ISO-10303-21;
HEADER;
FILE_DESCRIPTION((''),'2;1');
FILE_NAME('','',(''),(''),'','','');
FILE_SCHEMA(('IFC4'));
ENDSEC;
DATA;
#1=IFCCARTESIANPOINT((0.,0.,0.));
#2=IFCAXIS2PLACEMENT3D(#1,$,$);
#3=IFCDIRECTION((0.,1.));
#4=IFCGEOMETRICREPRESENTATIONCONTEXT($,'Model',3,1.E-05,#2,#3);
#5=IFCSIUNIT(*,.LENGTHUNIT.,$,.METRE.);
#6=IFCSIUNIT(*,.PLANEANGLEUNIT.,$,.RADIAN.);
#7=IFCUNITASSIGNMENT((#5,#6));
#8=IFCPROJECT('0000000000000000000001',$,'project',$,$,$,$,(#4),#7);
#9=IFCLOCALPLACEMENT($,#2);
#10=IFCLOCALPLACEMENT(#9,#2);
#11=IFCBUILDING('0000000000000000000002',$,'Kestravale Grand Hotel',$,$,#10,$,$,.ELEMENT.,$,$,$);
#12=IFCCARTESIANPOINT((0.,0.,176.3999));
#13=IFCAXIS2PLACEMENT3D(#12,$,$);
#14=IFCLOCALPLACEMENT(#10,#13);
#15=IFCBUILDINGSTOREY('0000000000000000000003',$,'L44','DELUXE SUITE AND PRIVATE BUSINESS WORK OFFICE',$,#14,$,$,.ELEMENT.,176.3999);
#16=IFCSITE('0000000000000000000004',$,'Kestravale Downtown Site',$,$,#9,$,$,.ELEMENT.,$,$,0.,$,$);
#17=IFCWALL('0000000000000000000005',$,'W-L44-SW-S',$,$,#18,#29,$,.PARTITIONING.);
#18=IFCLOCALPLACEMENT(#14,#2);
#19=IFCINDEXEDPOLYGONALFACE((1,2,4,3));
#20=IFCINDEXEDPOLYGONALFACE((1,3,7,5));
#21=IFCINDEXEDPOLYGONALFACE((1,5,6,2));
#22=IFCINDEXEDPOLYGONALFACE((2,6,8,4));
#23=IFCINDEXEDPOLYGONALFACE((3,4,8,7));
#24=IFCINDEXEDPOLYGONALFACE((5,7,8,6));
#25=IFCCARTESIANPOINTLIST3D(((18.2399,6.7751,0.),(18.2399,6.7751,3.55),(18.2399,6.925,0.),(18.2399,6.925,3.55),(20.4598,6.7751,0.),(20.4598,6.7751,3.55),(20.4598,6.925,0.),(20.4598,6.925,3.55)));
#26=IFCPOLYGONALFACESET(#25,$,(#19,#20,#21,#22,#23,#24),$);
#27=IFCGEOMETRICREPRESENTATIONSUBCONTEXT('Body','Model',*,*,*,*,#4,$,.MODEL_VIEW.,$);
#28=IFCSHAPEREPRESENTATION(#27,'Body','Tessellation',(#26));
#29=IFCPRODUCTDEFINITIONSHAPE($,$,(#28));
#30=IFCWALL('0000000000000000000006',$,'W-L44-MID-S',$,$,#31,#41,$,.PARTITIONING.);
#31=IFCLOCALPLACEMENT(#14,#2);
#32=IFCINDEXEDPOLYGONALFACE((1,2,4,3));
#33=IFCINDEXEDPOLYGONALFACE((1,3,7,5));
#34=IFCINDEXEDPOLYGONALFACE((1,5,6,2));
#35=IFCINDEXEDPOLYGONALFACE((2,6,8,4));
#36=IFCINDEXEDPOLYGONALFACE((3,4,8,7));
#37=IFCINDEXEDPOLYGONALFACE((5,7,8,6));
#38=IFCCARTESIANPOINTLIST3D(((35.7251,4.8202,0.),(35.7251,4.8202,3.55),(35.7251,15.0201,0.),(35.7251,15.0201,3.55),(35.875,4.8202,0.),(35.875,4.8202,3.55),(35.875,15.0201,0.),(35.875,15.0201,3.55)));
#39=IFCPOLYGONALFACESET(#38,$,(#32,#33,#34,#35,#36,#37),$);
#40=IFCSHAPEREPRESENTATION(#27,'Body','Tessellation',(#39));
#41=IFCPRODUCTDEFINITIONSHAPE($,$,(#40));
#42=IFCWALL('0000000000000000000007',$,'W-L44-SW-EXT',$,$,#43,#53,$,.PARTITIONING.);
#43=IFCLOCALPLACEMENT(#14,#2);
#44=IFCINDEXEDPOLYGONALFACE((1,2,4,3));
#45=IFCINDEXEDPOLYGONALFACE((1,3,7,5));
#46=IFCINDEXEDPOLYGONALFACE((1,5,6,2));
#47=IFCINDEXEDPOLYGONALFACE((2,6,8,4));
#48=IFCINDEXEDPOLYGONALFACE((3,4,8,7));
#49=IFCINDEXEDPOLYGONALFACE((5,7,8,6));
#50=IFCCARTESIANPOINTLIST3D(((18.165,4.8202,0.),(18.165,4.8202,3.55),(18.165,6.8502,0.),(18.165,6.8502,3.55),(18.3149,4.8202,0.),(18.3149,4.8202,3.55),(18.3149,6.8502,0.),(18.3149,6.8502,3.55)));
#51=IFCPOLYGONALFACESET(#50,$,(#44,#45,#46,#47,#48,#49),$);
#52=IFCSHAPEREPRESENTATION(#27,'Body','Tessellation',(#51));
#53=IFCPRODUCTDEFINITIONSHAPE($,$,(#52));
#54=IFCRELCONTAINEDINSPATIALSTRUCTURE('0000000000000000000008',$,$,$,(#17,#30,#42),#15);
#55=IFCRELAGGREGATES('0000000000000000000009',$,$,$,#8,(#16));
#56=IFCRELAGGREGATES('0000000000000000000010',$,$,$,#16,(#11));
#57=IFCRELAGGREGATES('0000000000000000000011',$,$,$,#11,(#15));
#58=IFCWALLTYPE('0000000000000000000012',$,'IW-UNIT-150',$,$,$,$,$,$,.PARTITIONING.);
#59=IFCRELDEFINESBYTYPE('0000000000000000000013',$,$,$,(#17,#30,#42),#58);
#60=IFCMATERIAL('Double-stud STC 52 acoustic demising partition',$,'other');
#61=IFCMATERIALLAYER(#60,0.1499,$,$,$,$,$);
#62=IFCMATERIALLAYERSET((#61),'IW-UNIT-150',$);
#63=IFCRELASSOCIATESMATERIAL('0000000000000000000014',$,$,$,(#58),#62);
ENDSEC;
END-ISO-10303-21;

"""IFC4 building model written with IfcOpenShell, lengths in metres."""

from ifc_helpers import new_model, si_unit, direction, frame, frame_2d, origin, place, context, subcontext, project, spatial, rectangle, extrude, material, layer, layer_set, type_object, element, save


model = new_model("IFC4")

# Units and contexts
model_context = context("Model", 3, precision=1e-05, world=origin(), true_north=direction((0.0, 1.0)))
body_context = subcontext(model_context, "Body", "Model", "MODEL_VIEW")
ifc_project = project(units=[si_unit("LENGTHUNIT", "METRE"), si_unit("PLANEANGLEUNIT", "RADIAN")], contexts=[model_context])

# Site, building, storey
site_placement = place(None, origin())
site = spatial("IfcSite", under=ifc_project, at=site_placement, Name="Kestravale Downtown Site", CompositionType="ELEMENT", RefElevation=0.0)
building_placement = place(site_placement, origin())
building = spatial("IfcBuilding", under=site, at=building_placement, Name="Kestravale Grand Hotel", CompositionType="ELEMENT")
storey_placement = place(building_placement, frame((0.0, 0.0, 176.3999)))
storey = spatial("IfcBuildingStorey", under=building, at=storey_placement, Name="L44", Description="DELUXE SUITE AND PRIVATE BUSINESS WORK OFFICE", CompositionType="ELEMENT", Elevation=176.3999)

# Walls
ifc_material_1 = material(Name="Double-stud STC 52 acoustic demising partition", Category="other")
ifc_layer_1 = layer(ifc_material_1, 0.1499)
ifc_layer_set_1 = layer_set([ifc_layer_1], Name="IW-UNIT-150")
wall_type_1 = type_object("IfcWallType", Name="IW-UNIT-150", PredefinedType="PARTITIONING", material=ifc_layer_set_1)
wall_1_placement = place(storey_placement, frame((18.24, 6.8501, 0.0), z_axis=(0.0, 0.0, 1.0), x_axis=(1.0, 0.0, 0.0)))
element("IfcWall", 1, at=wall_1_placement, inside=storey, type_object=wall_type_1, Name="W-L44-SW-S", PredefinedType="PARTITIONING", context=body_context, shape_type="SweptSolid", body=[
    extrude(rectangle(XDim=2.22, YDim=0.1499, at=frame_2d((1.1099, 0.0))), origin(), (0.0, 0.0, 1.0), 3.55),
])
wall_2_placement = place(storey_placement, frame((35.8, 4.8201, 0.0), z_axis=(0.0, 0.0, 1.0), x_axis=(0.0, 1.0, 0.0)))
element("IfcWall", 2, at=wall_2_placement, inside=storey, type_object=wall_type_1, Name="W-L44-MID-S", PredefinedType="PARTITIONING", context=body_context, shape_type="SweptSolid", body=[
    extrude(rectangle(XDim=10.2, YDim=0.1499, at=frame_2d((5.1001, 0.0))), origin(), (0.0, 0.0, 1.0), 3.55),
])
wall_3_placement = place(storey_placement, frame((18.24, 4.8201, 0.0), z_axis=(0.0, 0.0, 1.0), x_axis=(0.0, 1.0, 0.0)))
element("IfcWall", 3, at=wall_3_placement, inside=storey, type_object=wall_type_1, Name="W-L44-SW-EXT", PredefinedType="PARTITIONING", context=body_context, shape_type="SweptSolid", body=[
    extrude(rectangle(XDim=2.03, YDim=0.1499, at=frame_2d((1.0151, 0.0))), origin(), (0.0, 0.0, 1.0), 3.55),
])

save(model, "model.ifc")
